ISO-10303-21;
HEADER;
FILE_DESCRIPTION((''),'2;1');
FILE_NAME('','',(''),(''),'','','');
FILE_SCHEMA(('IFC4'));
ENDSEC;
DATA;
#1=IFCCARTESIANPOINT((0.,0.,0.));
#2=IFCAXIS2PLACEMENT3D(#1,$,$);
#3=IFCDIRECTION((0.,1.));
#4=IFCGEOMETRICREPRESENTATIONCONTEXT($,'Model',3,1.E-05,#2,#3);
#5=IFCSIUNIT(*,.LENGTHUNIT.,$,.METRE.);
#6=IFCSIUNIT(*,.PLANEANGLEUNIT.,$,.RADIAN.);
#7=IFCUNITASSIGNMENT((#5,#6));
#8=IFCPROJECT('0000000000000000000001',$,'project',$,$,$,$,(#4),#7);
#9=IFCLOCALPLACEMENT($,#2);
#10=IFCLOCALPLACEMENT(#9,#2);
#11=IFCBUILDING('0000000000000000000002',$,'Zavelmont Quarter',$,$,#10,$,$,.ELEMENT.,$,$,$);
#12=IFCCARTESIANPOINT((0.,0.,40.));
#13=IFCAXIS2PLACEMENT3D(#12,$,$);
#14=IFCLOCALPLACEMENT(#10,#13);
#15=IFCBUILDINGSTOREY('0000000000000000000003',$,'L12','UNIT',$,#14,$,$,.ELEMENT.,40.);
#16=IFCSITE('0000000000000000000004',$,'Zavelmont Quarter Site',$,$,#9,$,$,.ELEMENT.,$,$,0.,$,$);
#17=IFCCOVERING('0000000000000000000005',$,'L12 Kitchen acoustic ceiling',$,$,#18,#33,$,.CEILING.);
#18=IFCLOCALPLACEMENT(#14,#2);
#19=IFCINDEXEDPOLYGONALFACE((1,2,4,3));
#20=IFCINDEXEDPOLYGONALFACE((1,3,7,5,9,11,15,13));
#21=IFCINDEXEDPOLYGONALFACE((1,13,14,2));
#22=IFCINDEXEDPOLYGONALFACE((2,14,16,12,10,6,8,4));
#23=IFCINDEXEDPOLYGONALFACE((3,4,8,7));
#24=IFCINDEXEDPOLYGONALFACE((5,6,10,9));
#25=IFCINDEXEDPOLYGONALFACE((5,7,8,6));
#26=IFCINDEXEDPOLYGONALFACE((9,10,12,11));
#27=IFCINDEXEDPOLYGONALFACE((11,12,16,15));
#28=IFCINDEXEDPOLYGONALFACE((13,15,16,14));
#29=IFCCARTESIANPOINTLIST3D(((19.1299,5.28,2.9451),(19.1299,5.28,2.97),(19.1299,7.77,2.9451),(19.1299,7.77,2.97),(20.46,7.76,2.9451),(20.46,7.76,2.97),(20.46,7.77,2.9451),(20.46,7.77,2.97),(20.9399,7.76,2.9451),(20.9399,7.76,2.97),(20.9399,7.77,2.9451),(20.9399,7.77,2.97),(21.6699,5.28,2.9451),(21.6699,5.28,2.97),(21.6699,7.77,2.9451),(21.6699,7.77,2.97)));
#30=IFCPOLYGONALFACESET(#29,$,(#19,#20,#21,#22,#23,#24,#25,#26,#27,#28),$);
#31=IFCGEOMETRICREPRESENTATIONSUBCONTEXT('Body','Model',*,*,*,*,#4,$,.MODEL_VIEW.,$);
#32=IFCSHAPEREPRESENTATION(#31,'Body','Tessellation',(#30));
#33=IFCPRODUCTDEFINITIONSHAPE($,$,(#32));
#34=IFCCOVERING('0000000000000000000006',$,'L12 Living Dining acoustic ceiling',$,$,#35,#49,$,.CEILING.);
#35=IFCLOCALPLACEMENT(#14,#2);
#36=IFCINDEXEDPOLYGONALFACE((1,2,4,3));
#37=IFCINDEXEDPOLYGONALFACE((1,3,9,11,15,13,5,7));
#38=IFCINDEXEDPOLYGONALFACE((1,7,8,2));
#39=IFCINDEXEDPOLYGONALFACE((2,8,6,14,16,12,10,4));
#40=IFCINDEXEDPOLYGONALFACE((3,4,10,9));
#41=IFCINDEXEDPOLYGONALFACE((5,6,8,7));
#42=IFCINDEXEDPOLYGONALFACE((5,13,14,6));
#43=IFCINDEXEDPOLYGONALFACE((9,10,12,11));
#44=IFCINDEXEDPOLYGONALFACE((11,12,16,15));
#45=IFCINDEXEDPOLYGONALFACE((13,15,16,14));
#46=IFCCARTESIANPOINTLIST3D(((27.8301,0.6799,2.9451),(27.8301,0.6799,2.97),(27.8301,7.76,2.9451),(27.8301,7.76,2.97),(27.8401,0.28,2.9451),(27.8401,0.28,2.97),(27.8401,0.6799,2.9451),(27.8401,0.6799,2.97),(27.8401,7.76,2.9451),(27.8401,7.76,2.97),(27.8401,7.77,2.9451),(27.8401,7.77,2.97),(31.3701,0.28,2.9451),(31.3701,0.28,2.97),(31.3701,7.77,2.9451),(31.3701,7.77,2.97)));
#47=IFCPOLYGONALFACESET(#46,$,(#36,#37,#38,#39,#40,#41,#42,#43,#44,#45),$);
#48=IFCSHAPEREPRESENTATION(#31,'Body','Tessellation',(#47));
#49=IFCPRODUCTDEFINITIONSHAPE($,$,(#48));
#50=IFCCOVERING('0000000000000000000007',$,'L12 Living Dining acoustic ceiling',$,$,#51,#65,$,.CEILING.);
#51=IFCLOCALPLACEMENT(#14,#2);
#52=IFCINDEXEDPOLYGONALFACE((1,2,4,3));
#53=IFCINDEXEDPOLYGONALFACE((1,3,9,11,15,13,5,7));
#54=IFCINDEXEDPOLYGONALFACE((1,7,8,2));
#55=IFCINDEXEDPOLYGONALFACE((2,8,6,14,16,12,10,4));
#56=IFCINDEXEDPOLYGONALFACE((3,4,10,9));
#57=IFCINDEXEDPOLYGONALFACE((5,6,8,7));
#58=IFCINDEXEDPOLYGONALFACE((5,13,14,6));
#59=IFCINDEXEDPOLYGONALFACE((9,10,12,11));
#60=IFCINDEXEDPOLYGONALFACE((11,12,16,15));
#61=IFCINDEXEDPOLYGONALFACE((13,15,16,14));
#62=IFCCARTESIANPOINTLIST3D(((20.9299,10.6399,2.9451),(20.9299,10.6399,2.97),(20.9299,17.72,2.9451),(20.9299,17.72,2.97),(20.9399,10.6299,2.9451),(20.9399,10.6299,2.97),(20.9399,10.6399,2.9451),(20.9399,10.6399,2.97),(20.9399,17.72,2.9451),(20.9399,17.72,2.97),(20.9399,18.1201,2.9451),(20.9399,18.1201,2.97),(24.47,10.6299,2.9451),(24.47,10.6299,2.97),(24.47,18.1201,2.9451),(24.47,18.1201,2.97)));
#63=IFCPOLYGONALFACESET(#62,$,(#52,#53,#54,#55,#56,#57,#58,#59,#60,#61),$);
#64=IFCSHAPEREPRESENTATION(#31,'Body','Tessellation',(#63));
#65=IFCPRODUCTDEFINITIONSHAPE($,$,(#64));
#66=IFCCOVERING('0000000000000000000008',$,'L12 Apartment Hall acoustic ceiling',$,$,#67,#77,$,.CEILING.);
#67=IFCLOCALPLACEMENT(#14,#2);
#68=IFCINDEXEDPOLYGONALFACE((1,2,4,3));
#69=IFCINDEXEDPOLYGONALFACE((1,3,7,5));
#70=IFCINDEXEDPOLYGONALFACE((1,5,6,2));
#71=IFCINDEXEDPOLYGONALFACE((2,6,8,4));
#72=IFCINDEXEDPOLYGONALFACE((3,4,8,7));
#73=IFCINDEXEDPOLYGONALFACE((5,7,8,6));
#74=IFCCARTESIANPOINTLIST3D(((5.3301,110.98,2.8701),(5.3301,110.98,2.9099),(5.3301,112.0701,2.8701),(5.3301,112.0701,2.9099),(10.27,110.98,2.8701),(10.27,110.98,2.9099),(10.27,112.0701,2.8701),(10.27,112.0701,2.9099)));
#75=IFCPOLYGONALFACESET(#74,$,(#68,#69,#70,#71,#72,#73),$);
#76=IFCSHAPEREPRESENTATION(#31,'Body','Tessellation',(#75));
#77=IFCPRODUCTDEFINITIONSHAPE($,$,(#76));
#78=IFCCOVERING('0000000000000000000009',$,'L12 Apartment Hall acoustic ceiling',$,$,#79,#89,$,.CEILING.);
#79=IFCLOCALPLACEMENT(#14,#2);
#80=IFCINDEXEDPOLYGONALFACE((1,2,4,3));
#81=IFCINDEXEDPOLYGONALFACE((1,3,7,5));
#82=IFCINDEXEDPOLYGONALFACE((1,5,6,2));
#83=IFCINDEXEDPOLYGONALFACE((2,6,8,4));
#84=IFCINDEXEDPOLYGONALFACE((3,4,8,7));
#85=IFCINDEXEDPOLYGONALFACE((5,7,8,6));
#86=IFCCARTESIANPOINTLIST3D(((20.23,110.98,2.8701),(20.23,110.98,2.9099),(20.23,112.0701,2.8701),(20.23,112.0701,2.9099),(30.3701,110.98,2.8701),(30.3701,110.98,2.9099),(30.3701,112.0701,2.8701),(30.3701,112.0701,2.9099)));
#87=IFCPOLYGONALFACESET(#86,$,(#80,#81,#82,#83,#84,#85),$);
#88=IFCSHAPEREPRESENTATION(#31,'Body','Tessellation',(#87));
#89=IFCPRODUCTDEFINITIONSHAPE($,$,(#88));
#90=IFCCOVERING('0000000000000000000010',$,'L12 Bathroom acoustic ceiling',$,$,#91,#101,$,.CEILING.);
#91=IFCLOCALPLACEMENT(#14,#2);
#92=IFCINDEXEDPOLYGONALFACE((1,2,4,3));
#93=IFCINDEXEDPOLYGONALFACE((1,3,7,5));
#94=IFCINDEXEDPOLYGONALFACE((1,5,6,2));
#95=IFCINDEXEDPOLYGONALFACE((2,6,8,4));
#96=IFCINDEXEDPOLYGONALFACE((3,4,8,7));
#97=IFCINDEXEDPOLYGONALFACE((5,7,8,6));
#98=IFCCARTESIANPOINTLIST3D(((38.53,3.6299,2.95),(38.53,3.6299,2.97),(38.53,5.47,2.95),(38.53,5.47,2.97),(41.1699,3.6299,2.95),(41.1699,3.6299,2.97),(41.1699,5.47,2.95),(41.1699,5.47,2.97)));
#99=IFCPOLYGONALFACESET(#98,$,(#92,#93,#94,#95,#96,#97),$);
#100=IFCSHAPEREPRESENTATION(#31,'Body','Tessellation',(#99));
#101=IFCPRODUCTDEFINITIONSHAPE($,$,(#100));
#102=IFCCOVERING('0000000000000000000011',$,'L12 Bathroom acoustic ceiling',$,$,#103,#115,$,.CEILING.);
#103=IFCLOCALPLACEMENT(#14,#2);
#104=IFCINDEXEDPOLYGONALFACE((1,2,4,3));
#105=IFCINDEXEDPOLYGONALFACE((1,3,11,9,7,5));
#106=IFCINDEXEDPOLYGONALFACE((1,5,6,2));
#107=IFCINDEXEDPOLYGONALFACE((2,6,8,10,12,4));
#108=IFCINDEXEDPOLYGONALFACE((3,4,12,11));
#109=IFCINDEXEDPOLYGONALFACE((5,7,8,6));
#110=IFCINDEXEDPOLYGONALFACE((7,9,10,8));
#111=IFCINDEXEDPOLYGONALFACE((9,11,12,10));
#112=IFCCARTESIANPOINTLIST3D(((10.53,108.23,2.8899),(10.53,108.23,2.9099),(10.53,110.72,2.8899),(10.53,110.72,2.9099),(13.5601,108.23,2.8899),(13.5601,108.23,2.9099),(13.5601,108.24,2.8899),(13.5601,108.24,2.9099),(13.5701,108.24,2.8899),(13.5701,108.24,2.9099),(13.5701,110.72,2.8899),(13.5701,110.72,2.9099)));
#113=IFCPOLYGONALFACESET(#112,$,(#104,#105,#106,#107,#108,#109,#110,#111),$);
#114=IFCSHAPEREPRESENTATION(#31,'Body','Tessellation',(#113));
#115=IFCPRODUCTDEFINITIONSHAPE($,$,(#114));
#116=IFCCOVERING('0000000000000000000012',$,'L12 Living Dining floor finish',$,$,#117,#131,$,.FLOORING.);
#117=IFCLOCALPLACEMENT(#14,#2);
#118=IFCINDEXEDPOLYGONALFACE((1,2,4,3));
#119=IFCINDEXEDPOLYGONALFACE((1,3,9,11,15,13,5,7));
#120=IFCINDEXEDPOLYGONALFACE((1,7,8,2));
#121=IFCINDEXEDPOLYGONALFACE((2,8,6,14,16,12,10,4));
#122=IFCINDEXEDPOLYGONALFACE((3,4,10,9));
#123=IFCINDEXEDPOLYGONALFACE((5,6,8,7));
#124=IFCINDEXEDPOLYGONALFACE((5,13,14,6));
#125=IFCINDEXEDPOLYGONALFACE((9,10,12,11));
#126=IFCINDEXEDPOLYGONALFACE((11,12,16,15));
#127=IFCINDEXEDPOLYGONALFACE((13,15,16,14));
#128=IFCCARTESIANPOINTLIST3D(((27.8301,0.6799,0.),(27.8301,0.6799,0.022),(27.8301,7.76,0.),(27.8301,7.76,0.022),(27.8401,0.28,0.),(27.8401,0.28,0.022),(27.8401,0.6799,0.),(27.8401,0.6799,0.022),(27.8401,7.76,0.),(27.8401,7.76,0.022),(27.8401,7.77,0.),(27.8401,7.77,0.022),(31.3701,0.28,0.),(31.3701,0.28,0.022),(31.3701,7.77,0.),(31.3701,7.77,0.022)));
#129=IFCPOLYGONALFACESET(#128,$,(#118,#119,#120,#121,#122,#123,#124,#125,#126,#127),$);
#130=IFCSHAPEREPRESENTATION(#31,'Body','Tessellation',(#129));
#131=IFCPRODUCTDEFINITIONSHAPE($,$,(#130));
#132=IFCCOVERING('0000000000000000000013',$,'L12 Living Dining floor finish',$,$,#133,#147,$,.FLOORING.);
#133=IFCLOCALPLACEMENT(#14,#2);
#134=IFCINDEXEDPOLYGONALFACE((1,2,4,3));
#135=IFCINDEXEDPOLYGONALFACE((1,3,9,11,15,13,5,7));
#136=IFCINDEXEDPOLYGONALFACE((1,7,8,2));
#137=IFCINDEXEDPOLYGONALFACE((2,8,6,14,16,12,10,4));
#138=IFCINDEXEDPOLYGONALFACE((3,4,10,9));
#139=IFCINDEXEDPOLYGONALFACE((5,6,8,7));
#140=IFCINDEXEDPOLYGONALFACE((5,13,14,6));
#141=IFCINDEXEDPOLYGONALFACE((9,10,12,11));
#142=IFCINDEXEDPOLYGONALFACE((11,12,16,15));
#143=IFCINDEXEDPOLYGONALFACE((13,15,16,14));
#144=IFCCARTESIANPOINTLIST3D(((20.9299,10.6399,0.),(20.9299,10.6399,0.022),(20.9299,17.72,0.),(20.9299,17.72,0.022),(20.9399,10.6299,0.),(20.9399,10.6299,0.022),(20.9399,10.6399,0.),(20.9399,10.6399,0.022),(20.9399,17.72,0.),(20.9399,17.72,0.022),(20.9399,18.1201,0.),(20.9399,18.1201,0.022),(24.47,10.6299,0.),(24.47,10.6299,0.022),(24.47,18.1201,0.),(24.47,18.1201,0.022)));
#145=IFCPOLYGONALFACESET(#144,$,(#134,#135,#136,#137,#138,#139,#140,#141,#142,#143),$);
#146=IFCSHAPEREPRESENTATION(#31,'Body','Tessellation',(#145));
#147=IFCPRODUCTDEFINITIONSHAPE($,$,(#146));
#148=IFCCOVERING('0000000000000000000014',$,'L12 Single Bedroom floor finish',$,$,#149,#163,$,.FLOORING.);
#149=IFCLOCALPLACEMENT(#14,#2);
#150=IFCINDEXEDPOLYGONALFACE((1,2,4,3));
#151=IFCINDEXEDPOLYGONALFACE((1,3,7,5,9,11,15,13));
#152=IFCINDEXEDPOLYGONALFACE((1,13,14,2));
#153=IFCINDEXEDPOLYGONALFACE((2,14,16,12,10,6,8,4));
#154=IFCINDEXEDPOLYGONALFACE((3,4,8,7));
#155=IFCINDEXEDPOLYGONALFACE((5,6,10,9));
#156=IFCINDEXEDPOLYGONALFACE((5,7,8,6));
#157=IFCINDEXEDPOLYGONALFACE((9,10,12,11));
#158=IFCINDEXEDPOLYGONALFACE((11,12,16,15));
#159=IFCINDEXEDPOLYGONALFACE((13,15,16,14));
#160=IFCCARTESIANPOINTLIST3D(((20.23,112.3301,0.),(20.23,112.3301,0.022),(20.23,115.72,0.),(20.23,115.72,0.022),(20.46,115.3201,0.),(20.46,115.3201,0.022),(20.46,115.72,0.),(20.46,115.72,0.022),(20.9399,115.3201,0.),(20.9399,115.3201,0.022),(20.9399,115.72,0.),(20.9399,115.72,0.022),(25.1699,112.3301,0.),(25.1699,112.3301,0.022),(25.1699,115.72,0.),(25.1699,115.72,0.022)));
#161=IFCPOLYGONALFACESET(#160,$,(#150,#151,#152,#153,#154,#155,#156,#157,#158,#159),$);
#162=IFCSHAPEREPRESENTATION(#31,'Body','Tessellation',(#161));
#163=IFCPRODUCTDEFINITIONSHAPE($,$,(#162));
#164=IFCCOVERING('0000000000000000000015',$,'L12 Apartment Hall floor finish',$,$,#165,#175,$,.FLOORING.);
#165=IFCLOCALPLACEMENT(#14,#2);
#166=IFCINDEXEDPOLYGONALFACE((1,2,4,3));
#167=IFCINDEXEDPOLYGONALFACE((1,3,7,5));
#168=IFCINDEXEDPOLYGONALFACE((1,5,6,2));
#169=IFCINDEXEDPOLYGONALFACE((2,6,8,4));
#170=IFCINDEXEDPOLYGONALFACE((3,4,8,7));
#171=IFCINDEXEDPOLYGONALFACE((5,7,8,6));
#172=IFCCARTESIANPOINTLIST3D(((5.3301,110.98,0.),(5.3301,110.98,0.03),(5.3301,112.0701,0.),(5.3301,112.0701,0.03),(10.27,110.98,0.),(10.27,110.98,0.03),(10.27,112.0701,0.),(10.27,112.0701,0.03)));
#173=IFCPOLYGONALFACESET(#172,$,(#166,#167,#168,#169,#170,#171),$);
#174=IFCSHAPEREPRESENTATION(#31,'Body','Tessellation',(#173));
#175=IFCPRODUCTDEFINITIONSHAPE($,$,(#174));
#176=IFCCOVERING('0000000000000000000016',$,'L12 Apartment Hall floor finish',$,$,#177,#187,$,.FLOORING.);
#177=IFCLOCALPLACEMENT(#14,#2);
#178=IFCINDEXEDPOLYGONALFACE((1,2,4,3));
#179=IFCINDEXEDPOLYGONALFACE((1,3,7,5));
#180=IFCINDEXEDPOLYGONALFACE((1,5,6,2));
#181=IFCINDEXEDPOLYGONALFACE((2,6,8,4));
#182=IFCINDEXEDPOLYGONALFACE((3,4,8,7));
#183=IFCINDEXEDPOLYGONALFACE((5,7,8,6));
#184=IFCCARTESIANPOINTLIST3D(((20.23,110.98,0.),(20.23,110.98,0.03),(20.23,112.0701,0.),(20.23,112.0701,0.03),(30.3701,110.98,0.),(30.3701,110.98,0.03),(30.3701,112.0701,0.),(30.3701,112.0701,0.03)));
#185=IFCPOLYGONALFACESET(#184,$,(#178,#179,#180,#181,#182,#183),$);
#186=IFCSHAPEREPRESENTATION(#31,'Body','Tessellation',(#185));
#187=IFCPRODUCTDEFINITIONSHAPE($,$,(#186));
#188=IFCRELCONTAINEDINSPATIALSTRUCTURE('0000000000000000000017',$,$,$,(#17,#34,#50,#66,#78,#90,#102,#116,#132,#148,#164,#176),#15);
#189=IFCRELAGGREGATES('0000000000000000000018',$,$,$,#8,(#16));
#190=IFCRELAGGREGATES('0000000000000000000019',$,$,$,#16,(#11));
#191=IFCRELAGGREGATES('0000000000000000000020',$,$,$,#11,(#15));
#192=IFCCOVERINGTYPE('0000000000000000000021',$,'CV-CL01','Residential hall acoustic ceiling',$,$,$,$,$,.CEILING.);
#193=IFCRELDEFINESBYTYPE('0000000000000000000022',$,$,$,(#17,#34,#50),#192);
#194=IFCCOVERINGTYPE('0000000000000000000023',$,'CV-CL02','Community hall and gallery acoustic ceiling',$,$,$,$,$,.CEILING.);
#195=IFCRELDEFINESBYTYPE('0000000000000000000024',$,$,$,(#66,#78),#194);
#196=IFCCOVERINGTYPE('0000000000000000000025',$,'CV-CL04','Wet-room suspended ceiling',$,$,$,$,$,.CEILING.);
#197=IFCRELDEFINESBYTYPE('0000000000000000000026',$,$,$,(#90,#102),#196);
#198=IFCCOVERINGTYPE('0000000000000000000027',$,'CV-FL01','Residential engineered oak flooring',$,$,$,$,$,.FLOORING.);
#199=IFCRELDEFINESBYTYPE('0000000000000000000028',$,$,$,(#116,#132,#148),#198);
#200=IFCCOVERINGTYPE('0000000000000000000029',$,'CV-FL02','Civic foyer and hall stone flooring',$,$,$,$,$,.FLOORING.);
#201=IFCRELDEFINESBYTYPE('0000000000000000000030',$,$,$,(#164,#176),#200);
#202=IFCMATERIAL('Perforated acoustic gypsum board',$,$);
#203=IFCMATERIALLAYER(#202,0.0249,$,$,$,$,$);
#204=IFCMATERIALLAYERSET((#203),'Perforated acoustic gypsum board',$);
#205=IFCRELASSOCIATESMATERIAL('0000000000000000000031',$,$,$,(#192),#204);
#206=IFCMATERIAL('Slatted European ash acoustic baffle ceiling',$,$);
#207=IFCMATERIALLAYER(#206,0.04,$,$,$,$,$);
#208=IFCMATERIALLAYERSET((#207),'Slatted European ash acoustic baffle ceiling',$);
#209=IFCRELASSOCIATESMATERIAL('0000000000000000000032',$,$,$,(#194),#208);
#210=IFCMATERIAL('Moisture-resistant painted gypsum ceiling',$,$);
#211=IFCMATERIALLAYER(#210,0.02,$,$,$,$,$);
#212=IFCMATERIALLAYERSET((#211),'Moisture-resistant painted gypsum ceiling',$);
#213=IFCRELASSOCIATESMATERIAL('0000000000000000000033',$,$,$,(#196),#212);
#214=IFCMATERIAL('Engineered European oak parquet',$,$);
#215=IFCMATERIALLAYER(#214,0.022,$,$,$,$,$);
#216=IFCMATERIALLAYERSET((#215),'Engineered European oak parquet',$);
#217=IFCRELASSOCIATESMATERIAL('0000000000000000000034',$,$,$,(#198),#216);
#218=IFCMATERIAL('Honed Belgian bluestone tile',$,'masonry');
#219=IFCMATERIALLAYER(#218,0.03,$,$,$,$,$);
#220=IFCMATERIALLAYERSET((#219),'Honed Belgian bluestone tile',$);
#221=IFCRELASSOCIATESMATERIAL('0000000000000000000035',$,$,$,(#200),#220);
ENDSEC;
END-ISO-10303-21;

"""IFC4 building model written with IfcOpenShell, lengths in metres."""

from ifc_helpers import new_model, si_unit, direction, frame, origin, place, context, subcontext, project, spatial, polyline, outline, extrude, material, layer, layer_set, type_object, element, save


model = new_model("IFC4")

# Units and contexts
model_context = context("Model", 3, precision=1e-05, world=origin(), true_north=direction((0.0, 1.0)))
body_context = subcontext(model_context, "Body", "Model", "MODEL_VIEW")
ifc_project = project(units=[si_unit("LENGTHUNIT", "METRE"), si_unit("PLANEANGLEUNIT", "RADIAN")], contexts=[model_context])

# Site, building, storey
site_placement = place(None, origin())
site = spatial("IfcSite", under=ifc_project, at=site_placement, Name="Zavelmont Quarter Site", CompositionType="ELEMENT", RefElevation=0.0)
building_placement = place(site_placement, origin())
building = spatial("IfcBuilding", under=site, at=building_placement, Name="Zavelmont Quarter", CompositionType="ELEMENT")
storey_placement = place(building_placement, frame((0.0, 0.0, 40.0)))
storey = spatial("IfcBuildingStorey", under=building, at=storey_placement, Name="L12", Description="UNIT", CompositionType="ELEMENT", Elevation=40.0)

# Coverings
ifc_material_1 = material(Name="Perforated acoustic gypsum board")
ifc_layer_1 = layer(ifc_material_1, 0.0249)
ifc_layer_set_1 = layer_set([ifc_layer_1], Name="Perforated acoustic gypsum board")
covering_type_1 = type_object("IfcCoveringType", Name="CV-CL01", Description="Residential hall acoustic ceiling", PredefinedType="CEILING", material=ifc_layer_set_1)
covering_1_placement = place(storey_placement, frame((0.0, 0.0, 2.9451)))
element("IfcCovering", 1, at=covering_1_placement, inside=storey, type_object=covering_type_1, Name="L12 Kitchen acoustic ceiling", PredefinedType="CEILING", context=body_context, shape_type="SweptSolid", body=[
    extrude(outline(polyline([(19.1299, 7.77), (20.46, 7.77), (20.46, 7.76), (20.9399, 7.76), (20.9399, 7.77), (21.6699, 7.77), (21.6699, 5.28), (19.1299, 5.28), (19.1299, 7.77)])), origin(), (0.0, 0.0, 1.0), 0.0249),
])
covering_2_placement = place(storey_placement, frame((0.0, 0.0, 2.9451)))
element("IfcCovering", 2, at=covering_2_placement, inside=storey, type_object=covering_type_1, Name="L12 Living Dining acoustic ceiling", PredefinedType="CEILING", context=body_context, shape_type="SweptSolid", body=[
    extrude(outline(polyline([(27.8301, 7.76), (27.8401, 7.76), (27.8401, 7.77), (31.3701, 7.77), (31.3701, 0.28), (27.8401, 0.28), (27.8401, 0.6799), (27.8301, 0.6799), (27.8301, 7.76)])), origin(), (0.0, 0.0, 1.0), 0.0249),
])
covering_3_placement = place(storey_placement, frame((0.0, 0.0, 2.9451)))
element("IfcCovering", 3, at=covering_3_placement, inside=storey, type_object=covering_type_1, Name="L12 Living Dining acoustic ceiling", PredefinedType="CEILING", context=body_context, shape_type="SweptSolid", body=[
    extrude(outline(polyline([(20.9299, 17.72), (20.9399, 17.72), (20.9399, 18.1201), (24.47, 18.1201), (24.47, 10.6299), (20.9399, 10.6299), (20.9399, 10.6399), (20.9299, 10.6399), (20.9299, 17.72)])), origin(), (0.0, 0.0, 1.0), 0.0249),
])
ifc_material_2 = material(Name="Slatted European ash acoustic baffle ceiling")
ifc_layer_2 = layer(ifc_material_2, 0.04)
ifc_layer_set_2 = layer_set([ifc_layer_2], Name="Slatted European ash acoustic baffle ceiling")
covering_type_2 = type_object("IfcCoveringType", Name="CV-CL02", Description="Community hall and gallery acoustic ceiling", PredefinedType="CEILING", material=ifc_layer_set_2)
covering_4_placement = place(storey_placement, frame((0.0, 0.0, 2.8701)))
element("IfcCovering", 4, at=covering_4_placement, inside=storey, type_object=covering_type_2, Name="L12 Apartment Hall acoustic ceiling", PredefinedType="CEILING", context=body_context, shape_type="SweptSolid", body=[
    extrude(outline(polyline([(5.3301, 112.0701), (10.27, 112.0701), (10.27, 110.98), (5.3301, 110.98), (5.3301, 112.0701)])), origin(), (0.0, 0.0, 1.0), 0.0398),
])
covering_5_placement = place(storey_placement, frame((0.0, 0.0, 2.8701)))
element("IfcCovering", 5, at=covering_5_placement, inside=storey, type_object=covering_type_2, Name="L12 Apartment Hall acoustic ceiling", PredefinedType="CEILING", context=body_context, shape_type="SweptSolid", body=[
    extrude(outline(polyline([(20.23, 112.0701), (30.3701, 112.0701), (30.3701, 110.98), (20.23, 110.98), (20.23, 112.0701)])), origin(), (0.0, 0.0, 1.0), 0.0398),
])
ifc_material_3 = material(Name="Moisture-resistant painted gypsum ceiling")
ifc_layer_3 = layer(ifc_material_3, 0.02)
ifc_layer_set_3 = layer_set([ifc_layer_3], Name="Moisture-resistant painted gypsum ceiling")
covering_type_3 = type_object("IfcCoveringType", Name="CV-CL04", Description="Wet-room suspended ceiling", PredefinedType="CEILING", material=ifc_layer_set_3)
covering_6_placement = place(storey_placement, frame((0.0, 0.0, 2.95)))
element("IfcCovering", 6, at=covering_6_placement, inside=storey, type_object=covering_type_3, Name="L12 Bathroom acoustic ceiling", PredefinedType="CEILING", context=body_context, shape_type="SweptSolid", body=[
    extrude(outline(polyline([(38.53, 5.47), (41.1699, 5.47), (41.1699, 3.6299), (38.53, 3.6299), (38.53, 5.47)])), origin(), (0.0, 0.0, 1.0), 0.02),
])
covering_7_placement = place(storey_placement, frame((0.0, 0.0, 2.8899)))
element("IfcCovering", 7, at=covering_7_placement, inside=storey, type_object=covering_type_3, Name="L12 Bathroom acoustic ceiling", PredefinedType="CEILING", context=body_context, shape_type="SweptSolid", body=[
    extrude(outline(polyline([(10.53, 110.72), (13.5701, 110.72), (13.5701, 108.24), (13.5601, 108.24), (13.5601, 108.23), (10.53, 108.23), (10.53, 110.72)])), origin(), (0.0, 0.0, 1.0), 0.02),
])
ifc_material_4 = material(Name="Engineered European oak parquet")
ifc_layer_4 = layer(ifc_material_4, 0.022)
ifc_layer_set_4 = layer_set([ifc_layer_4], Name="Engineered European oak parquet")
covering_type_4 = type_object("IfcCoveringType", Name="CV-FL01", Description="Residential engineered oak flooring", PredefinedType="FLOORING", material=ifc_layer_set_4)
covering_8_placement = place(storey_placement, origin())
element("IfcCovering", 8, at=covering_8_placement, inside=storey, type_object=covering_type_4, Name="L12 Living Dining floor finish", PredefinedType="FLOORING", context=body_context, shape_type="SweptSolid", body=[
    extrude(outline(polyline([(27.8301, 7.76), (27.8401, 7.76), (27.8401, 7.77), (31.3701, 7.77), (31.3701, 0.28), (27.8401, 0.28), (27.8401, 0.6799), (27.8301, 0.6799), (27.8301, 7.76)])), origin(), (0.0, 0.0, 1.0), 0.022),
])
covering_9_placement = place(storey_placement, origin())
element("IfcCovering", 9, at=covering_9_placement, inside=storey, type_object=covering_type_4, Name="L12 Living Dining floor finish", PredefinedType="FLOORING", context=body_context, shape_type="SweptSolid", body=[
    extrude(outline(polyline([(20.9299, 17.72), (20.9399, 17.72), (20.9399, 18.1201), (24.47, 18.1201), (24.47, 10.6299), (20.9399, 10.6299), (20.9399, 10.6399), (20.9299, 10.6399), (20.9299, 17.72)])), origin(), (0.0, 0.0, 1.0), 0.022),
])
covering_10_placement = place(storey_placement, origin())
element("IfcCovering", 10, at=covering_10_placement, inside=storey, type_object=covering_type_4, Name="L12 Single Bedroom floor finish", PredefinedType="FLOORING", context=body_context, shape_type="SweptSolid", body=[
    extrude(outline(polyline([(20.23, 115.72), (20.46, 115.72), (20.46, 115.3201), (20.9399, 115.3201), (20.9399, 115.72), (25.1699, 115.72), (25.1699, 112.3301), (20.23, 112.3301), (20.23, 115.72)])), origin(), (0.0, 0.0, 1.0), 0.022),
])
ifc_material_5 = material(Name="Honed Belgian bluestone tile", Category="masonry")
ifc_layer_5 = layer(ifc_material_5, 0.03)
ifc_layer_set_5 = layer_set([ifc_layer_5], Name="Honed Belgian bluestone tile")
covering_type_5 = type_object("IfcCoveringType", Name="CV-FL02", Description="Civic foyer and hall stone flooring", PredefinedType="FLOORING", material=ifc_layer_set_5)
covering_11_placement = place(storey_placement, origin())
element("IfcCovering", 11, at=covering_11_placement, inside=storey, type_object=covering_type_5, Name="L12 Apartment Hall floor finish", PredefinedType="FLOORING", context=body_context, shape_type="SweptSolid", body=[
    extrude(outline(polyline([(5.3301, 112.0701), (10.27, 112.0701), (10.27, 110.98), (5.3301, 110.98), (5.3301, 112.0701)])), origin(), (0.0, 0.0, 1.0), 0.03),
])
covering_12_placement = place(storey_placement, origin())
element("IfcCovering", 12, at=covering_12_placement, inside=storey, type_object=covering_type_5, Name="L12 Apartment Hall floor finish", PredefinedType="FLOORING", context=body_context, shape_type="SweptSolid", body=[
    extrude(outline(polyline([(20.23, 112.0701), (30.3701, 112.0701), (30.3701, 110.98), (20.23, 110.98), (20.23, 112.0701)])), origin(), (0.0, 0.0, 1.0), 0.03),
])

save(model, "model.ifc")
